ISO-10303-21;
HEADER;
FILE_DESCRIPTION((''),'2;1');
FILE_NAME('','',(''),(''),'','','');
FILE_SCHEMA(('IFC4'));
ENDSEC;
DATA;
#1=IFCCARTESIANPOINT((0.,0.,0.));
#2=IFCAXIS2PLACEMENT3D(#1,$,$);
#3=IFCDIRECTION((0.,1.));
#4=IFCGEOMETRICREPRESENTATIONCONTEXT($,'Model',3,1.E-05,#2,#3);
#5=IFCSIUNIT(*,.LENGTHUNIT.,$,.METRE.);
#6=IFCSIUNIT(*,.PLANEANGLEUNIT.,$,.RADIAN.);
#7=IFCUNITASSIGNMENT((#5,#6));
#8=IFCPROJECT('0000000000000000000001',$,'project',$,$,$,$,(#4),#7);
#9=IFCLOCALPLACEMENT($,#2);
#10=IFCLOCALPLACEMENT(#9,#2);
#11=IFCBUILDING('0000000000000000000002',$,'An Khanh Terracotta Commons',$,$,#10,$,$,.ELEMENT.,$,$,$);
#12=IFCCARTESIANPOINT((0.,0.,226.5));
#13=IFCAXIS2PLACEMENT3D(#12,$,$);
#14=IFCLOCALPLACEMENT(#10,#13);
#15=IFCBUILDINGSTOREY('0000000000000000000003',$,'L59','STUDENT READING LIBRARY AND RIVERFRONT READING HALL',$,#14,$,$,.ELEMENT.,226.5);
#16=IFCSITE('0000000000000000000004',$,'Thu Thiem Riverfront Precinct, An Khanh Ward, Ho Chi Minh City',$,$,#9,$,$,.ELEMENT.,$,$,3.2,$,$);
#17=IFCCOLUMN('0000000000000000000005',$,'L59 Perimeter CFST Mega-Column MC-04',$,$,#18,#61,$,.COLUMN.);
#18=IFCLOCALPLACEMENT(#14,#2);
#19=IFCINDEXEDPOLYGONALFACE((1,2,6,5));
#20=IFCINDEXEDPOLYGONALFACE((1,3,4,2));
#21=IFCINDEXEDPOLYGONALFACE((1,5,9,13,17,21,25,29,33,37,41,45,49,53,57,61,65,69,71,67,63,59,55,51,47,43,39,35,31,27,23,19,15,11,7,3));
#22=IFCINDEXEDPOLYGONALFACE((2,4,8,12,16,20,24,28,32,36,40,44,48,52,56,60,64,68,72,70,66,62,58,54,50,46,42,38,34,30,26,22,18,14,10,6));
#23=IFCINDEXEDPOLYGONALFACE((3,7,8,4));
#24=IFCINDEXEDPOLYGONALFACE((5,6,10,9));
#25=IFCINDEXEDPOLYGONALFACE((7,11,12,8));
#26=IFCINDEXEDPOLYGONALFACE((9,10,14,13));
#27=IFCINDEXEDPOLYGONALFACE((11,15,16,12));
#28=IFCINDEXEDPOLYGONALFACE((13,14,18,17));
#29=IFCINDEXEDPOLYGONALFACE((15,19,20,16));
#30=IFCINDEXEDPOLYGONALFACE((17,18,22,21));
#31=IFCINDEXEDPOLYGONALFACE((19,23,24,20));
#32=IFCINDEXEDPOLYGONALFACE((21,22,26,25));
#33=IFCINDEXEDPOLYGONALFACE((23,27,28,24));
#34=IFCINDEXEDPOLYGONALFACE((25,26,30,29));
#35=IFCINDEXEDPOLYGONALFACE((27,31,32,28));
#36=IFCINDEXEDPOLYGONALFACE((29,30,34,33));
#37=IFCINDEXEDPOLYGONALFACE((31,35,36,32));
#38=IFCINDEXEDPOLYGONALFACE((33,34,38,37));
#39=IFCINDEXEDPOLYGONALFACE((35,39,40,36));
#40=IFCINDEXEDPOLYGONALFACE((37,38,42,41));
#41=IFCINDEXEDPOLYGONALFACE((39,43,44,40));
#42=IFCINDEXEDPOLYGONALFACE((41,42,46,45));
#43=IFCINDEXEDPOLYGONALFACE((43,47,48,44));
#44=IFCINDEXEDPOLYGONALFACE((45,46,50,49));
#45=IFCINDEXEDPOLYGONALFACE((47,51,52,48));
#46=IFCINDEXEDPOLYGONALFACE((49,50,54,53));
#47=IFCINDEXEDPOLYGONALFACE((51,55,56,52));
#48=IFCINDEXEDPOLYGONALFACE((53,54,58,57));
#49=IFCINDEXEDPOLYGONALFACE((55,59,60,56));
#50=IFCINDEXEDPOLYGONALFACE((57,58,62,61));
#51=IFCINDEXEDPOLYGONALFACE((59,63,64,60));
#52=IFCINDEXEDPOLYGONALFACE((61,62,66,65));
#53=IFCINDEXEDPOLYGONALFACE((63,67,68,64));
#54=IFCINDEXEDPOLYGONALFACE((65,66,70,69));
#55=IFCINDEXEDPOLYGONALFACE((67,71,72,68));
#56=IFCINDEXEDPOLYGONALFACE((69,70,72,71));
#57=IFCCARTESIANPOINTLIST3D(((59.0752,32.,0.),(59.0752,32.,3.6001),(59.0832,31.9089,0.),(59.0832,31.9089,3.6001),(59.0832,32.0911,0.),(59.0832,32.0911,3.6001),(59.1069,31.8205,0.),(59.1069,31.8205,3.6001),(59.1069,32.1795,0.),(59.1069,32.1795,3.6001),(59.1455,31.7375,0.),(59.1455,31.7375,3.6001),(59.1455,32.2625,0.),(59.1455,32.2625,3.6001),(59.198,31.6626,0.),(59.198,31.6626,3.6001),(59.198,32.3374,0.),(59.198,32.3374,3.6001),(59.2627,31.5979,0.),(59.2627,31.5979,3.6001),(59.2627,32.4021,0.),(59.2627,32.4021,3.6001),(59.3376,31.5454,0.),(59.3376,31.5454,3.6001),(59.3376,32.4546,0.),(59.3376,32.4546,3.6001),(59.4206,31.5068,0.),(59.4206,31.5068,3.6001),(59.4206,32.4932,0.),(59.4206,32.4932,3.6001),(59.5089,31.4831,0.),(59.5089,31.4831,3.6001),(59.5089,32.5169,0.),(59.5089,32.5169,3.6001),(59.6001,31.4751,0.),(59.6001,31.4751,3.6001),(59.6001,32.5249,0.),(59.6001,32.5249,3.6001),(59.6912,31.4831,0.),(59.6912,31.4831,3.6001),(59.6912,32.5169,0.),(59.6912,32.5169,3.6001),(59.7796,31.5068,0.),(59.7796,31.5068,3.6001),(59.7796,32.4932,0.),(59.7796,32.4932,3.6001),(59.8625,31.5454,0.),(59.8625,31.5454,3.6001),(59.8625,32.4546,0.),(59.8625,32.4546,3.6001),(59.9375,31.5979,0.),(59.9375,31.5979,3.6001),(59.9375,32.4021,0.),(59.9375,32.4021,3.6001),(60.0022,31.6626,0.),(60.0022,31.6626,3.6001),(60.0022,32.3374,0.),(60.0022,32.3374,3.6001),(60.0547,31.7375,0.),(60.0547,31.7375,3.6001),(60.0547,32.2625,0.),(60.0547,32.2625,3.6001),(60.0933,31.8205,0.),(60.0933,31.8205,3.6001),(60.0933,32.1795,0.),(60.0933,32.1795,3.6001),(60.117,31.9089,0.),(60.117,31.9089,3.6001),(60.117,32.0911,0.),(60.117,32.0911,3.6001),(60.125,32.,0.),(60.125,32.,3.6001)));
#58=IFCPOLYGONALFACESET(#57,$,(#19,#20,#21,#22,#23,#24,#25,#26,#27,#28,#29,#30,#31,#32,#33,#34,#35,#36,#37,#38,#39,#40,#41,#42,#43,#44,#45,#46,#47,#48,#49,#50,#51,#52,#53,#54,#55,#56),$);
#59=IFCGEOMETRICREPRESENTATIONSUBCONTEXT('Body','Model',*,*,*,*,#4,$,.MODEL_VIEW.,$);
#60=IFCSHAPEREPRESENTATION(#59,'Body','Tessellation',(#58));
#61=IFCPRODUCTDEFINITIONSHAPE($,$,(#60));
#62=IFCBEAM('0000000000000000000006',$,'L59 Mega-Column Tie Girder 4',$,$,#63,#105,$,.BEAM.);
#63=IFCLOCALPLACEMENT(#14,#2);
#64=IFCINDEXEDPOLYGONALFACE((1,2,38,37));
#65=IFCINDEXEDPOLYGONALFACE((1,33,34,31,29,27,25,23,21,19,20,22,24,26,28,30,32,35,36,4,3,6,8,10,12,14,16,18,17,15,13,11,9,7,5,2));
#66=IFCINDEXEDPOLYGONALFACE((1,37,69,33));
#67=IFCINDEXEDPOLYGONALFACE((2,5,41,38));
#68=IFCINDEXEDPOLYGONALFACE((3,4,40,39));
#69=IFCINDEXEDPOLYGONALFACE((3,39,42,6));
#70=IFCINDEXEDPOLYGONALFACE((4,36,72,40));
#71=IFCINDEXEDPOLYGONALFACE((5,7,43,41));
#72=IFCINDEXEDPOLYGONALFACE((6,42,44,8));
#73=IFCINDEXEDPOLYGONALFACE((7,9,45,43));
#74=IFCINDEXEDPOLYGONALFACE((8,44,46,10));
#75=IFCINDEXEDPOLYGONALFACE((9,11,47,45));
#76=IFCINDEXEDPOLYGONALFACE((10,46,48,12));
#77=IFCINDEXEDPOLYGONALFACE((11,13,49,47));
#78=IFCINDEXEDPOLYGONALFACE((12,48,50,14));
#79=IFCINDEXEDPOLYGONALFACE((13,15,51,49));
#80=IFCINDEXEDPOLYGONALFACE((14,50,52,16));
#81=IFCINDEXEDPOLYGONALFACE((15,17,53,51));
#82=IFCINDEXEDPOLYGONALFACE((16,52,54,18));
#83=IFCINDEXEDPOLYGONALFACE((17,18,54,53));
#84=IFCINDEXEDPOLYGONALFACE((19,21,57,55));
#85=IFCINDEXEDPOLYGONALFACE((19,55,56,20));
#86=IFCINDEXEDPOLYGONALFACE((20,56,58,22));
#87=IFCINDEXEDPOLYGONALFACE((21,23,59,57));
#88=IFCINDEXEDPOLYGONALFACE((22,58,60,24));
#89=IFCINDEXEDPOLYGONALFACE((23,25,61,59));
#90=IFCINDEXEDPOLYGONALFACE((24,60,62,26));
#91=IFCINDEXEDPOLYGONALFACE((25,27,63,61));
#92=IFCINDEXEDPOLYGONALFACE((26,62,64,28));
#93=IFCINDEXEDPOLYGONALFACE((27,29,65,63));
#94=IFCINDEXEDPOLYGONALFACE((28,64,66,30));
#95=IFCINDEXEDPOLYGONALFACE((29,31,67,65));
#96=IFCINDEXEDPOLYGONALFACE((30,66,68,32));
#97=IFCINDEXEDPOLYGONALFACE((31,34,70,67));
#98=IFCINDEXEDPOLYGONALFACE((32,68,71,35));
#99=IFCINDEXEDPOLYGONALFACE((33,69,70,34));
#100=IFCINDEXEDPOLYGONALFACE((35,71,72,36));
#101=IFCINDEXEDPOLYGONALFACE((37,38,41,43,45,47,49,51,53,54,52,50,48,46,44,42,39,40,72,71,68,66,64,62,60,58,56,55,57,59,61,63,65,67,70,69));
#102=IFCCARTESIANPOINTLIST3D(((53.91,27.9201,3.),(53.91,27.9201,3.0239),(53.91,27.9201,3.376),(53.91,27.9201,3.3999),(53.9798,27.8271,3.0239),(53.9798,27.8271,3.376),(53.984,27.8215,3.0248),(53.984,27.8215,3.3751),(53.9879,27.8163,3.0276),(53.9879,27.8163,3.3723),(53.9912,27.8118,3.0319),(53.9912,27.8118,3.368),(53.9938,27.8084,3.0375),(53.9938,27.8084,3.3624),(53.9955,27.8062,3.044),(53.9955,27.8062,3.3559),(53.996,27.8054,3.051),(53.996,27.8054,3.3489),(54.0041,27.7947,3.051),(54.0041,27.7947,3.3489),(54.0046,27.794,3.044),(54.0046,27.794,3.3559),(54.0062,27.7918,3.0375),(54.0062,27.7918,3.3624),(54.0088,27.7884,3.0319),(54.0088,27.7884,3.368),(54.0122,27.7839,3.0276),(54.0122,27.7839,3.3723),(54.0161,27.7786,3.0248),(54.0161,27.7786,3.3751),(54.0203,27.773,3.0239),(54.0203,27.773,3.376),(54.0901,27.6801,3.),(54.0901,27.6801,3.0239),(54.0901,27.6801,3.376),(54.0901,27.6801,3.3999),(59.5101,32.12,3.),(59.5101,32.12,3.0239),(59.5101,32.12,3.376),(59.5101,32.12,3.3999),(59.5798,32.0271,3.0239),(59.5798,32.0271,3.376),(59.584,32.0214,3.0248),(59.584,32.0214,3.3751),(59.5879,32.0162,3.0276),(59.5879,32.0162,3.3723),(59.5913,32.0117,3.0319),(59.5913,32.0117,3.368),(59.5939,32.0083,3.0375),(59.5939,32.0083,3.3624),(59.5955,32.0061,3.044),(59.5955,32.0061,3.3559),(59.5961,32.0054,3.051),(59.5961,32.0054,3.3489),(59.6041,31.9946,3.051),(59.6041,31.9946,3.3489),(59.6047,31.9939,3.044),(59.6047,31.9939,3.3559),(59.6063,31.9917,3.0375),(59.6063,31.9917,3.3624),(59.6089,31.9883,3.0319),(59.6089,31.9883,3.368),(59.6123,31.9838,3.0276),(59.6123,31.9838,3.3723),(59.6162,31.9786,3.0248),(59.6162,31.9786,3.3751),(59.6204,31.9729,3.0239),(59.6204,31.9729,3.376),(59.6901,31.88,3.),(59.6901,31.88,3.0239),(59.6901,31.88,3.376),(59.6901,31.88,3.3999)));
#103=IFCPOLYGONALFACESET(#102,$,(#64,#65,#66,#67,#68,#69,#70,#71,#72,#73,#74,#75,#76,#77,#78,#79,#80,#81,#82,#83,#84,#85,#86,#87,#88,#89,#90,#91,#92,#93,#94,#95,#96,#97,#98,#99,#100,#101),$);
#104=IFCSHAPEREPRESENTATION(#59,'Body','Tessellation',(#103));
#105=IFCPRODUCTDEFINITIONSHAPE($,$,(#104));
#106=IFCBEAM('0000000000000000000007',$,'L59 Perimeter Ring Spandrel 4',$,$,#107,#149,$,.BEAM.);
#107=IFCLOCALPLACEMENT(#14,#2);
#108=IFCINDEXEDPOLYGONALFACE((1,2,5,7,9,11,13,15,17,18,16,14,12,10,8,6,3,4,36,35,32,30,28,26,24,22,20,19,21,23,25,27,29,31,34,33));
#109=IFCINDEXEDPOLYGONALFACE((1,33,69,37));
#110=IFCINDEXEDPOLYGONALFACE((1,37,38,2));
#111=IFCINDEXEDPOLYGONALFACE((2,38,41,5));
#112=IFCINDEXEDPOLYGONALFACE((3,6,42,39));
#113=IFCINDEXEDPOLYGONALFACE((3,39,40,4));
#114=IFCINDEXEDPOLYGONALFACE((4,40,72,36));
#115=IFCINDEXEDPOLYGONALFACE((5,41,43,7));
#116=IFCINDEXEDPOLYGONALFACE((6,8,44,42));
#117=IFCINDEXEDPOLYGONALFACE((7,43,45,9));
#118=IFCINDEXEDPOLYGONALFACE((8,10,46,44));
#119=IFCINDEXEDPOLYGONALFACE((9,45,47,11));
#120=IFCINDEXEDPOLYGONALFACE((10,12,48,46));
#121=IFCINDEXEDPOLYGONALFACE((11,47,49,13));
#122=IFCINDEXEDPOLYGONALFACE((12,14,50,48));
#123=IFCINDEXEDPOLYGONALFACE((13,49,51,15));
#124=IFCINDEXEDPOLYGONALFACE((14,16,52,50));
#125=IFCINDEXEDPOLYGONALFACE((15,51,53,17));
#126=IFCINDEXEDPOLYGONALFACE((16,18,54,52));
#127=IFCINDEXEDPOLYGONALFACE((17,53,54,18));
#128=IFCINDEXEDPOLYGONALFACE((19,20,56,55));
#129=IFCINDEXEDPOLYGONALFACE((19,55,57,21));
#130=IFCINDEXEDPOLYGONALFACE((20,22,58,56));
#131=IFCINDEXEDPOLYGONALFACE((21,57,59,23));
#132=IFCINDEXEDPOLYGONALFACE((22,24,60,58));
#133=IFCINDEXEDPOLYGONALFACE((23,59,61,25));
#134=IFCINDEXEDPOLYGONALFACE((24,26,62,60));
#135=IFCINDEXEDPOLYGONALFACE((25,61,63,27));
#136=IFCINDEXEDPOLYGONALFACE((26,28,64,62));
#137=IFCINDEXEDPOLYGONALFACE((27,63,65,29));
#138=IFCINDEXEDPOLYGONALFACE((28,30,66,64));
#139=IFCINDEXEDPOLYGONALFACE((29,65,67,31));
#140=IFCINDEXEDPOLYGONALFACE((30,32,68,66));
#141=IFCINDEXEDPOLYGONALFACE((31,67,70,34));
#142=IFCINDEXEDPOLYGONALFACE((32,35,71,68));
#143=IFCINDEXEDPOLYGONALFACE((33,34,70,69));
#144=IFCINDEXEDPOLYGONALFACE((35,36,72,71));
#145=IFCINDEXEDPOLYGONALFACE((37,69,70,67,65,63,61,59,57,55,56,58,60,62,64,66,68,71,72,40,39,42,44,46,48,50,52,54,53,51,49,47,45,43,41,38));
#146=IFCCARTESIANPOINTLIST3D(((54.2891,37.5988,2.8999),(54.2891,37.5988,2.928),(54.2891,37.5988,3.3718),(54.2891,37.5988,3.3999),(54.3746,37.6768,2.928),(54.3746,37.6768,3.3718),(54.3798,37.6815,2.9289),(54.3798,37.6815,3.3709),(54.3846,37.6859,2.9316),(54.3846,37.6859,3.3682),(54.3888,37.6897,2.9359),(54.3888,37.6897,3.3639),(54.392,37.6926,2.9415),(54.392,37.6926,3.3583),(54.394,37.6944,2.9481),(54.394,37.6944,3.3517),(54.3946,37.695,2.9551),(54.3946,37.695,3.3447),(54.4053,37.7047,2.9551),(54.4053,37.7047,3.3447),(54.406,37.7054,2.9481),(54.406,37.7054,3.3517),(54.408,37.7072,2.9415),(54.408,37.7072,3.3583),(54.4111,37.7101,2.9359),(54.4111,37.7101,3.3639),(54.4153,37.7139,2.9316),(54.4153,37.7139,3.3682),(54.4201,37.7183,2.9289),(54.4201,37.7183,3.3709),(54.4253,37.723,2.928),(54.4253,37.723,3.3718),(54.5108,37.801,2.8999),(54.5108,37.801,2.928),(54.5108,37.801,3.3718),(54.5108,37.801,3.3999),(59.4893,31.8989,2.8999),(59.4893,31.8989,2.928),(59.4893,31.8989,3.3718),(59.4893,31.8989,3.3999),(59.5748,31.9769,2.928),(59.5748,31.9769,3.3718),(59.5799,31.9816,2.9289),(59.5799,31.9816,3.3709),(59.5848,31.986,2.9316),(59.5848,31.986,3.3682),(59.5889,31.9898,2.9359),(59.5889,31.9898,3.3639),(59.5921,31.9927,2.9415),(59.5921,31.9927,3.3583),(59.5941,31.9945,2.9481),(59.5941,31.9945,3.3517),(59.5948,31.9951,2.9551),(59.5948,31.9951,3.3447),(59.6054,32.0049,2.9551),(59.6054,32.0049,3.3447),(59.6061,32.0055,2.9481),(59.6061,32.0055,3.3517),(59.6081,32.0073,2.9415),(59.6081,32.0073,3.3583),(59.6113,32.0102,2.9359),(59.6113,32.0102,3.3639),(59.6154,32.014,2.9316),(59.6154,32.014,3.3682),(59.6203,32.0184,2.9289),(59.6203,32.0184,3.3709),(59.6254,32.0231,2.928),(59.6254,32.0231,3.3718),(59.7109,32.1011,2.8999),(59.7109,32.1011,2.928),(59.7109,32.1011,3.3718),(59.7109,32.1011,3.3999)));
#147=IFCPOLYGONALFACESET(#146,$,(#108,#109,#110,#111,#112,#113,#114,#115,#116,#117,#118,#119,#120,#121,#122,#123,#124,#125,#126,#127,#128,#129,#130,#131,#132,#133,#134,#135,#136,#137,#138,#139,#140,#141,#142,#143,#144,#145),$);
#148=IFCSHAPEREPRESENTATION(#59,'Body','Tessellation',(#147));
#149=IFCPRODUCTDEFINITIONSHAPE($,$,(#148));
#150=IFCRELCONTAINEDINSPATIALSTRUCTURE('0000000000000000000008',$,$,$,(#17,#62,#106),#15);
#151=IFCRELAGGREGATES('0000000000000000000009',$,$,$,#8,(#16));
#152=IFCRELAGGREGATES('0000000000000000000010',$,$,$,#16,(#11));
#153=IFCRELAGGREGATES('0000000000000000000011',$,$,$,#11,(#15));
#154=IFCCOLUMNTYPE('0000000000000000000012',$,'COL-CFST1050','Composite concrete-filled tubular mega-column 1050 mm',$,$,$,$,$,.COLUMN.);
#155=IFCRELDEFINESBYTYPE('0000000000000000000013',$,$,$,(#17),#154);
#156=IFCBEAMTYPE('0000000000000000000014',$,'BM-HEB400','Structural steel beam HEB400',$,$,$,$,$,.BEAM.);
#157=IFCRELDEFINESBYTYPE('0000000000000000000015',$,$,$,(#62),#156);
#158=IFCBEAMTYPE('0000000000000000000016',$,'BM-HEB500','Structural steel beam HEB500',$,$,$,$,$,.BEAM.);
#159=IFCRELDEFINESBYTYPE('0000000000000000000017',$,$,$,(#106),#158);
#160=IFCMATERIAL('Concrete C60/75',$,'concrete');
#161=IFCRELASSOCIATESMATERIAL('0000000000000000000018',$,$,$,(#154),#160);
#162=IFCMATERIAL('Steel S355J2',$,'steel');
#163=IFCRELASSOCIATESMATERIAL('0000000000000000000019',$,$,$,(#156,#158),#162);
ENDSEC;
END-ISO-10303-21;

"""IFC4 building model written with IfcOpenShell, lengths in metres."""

from ifc_helpers import new_model, si_unit, direction, frame, origin, origin_2d, place, context, subcontext, project, spatial, circle, i_section, extrude, material, material_profile, profile_set, type_object, element, save


model = new_model("IFC4")

# Units and contexts
model_context = context("Model", 3, precision=1e-05, world=origin(), true_north=direction((0.0, 1.0)))
body_context = subcontext(model_context, "Body", "Model", "MODEL_VIEW")
ifc_project = project(units=[si_unit("LENGTHUNIT", "METRE"), si_unit("PLANEANGLEUNIT", "RADIAN")], contexts=[model_context])

# Site, building, storey
site_placement = place(None, origin())
site = spatial("IfcSite", under=ifc_project, at=site_placement, Name="Thu Thiem Riverfront Precinct, An Khanh Ward, Ho Chi Minh City", CompositionType="ELEMENT", RefElevation=3.2)
building_placement = place(site_placement, origin())
building = spatial("IfcBuilding", under=site, at=building_placement, Name="An Khanh Terracotta Commons", CompositionType="ELEMENT")
storey_placement = place(building_placement, frame((0.0, 0.0, 226.5)))
storey = spatial("IfcBuildingStorey", under=building, at=storey_placement, Name="L59", Description="STUDENT READING LIBRARY AND RIVERFRONT READING HALL", CompositionType="ELEMENT", Elevation=226.5)

# Column
ifc_material_1 = material(Name="Concrete C60/75", Category="concrete")
ifc_material_profile_1 = material_profile(ifc_material_1, circle(Radius=0.5249, at=origin_2d()), Name="CFST1050")
ifc_profile_set_1 = profile_set([ifc_material_profile_1], Name="Concrete C60/75")
column_type = type_object("IfcColumnType", Name="COL-CFST1050", Description="Composite concrete-filled tubular mega-column 1050 mm", PredefinedType="COLUMN", material=ifc_profile_set_1)
column_placement = place(storey_placement, frame((59.6001, 32.0, 0.0), z_axis=(0.0, 0.0, 1.0), x_axis=(1.0, 0.0, 0.0)))
element("IfcColumn", 1, at=column_placement, inside=storey, type_object=column_type, Name="L59 Perimeter CFST Mega-Column MC-04", PredefinedType="COLUMN", context=body_context, shape_type="SweptSolid", body=[
    extrude(circle(Radius=0.5249, at=origin_2d()), origin(), (0.0, 0.0, 1.0), 3.6001),
])

# Beams
ifc_material_2 = material(Name="Steel S355J2", Category="steel")
ifc_material_profile_2 = material_profile(ifc_material_2, i_section(OverallWidth=0.3, OverallDepth=0.3999, WebThickness=0.0134, FlangeThickness=0.0239, FilletRadius=0.0271, at=origin_2d()), Name="HEB400")
ifc_profile_set_2 = profile_set([ifc_material_profile_2], Name="Steel S355J2")
beam_type_1 = type_object("IfcBeamType", Name="BM-HEB400", Description="Structural steel beam HEB400", PredefinedType="BEAM", material=ifc_profile_set_2)
beam_1_placement = place(storey_placement, frame((59.6001, 32.0, 3.2), z_axis=(-0.800008, -0.599989, 0.0), x_axis=(0.599989, -0.800008, 0.0)))
element("IfcBeam", 2, at=beam_1_placement, inside=storey, type_object=beam_type_1, Name="L59 Mega-Column Tie Girder 4", PredefinedType="BEAM", context=body_context, shape_type="SweptSolid", body=[
    extrude(i_section(OverallWidth=0.3, OverallDepth=0.3999, WebThickness=0.0134, FlangeThickness=0.0239, FilletRadius=0.0271, at=origin_2d()), origin(), (0.0, 0.0, 1.0), 7.0),
])
ifc_material_profile_3 = material_profile(ifc_material_2, i_section(OverallWidth=0.3, OverallDepth=0.5, WebThickness=0.0144, FlangeThickness=0.0281, FilletRadius=0.0271, at=origin_2d()), Name="HEB500")
ifc_profile_set_3 = profile_set([ifc_material_profile_3], Name="Steel S355J2")
beam_type_2 = type_object("IfcBeamType", Name="BM-HEB500", Description="Structural steel beam HEB500", PredefinedType="BEAM", material=ifc_profile_set_3)
beam_2_placement = place(storey_placement, frame((59.6001, 32.0, 3.1499), z_axis=(-0.673979, 0.738751, 0.0), x_axis=(-0.738751, -0.673979, 0.0)))
element("IfcBeam", 3, at=beam_2_placement, inside=storey, type_object=beam_type_2, Name="L59 Perimeter Ring Spandrel 4", PredefinedType="BEAM", context=body_context, shape_type="SweptSolid", body=[
    extrude(i_section(OverallWidth=0.3, OverallDepth=0.5, WebThickness=0.0144, FlangeThickness=0.0281, FilletRadius=0.0271, at=origin_2d()), origin(), (0.0, 0.0, 1.0), 7.7156),
])

save(model, "model.ifc")
